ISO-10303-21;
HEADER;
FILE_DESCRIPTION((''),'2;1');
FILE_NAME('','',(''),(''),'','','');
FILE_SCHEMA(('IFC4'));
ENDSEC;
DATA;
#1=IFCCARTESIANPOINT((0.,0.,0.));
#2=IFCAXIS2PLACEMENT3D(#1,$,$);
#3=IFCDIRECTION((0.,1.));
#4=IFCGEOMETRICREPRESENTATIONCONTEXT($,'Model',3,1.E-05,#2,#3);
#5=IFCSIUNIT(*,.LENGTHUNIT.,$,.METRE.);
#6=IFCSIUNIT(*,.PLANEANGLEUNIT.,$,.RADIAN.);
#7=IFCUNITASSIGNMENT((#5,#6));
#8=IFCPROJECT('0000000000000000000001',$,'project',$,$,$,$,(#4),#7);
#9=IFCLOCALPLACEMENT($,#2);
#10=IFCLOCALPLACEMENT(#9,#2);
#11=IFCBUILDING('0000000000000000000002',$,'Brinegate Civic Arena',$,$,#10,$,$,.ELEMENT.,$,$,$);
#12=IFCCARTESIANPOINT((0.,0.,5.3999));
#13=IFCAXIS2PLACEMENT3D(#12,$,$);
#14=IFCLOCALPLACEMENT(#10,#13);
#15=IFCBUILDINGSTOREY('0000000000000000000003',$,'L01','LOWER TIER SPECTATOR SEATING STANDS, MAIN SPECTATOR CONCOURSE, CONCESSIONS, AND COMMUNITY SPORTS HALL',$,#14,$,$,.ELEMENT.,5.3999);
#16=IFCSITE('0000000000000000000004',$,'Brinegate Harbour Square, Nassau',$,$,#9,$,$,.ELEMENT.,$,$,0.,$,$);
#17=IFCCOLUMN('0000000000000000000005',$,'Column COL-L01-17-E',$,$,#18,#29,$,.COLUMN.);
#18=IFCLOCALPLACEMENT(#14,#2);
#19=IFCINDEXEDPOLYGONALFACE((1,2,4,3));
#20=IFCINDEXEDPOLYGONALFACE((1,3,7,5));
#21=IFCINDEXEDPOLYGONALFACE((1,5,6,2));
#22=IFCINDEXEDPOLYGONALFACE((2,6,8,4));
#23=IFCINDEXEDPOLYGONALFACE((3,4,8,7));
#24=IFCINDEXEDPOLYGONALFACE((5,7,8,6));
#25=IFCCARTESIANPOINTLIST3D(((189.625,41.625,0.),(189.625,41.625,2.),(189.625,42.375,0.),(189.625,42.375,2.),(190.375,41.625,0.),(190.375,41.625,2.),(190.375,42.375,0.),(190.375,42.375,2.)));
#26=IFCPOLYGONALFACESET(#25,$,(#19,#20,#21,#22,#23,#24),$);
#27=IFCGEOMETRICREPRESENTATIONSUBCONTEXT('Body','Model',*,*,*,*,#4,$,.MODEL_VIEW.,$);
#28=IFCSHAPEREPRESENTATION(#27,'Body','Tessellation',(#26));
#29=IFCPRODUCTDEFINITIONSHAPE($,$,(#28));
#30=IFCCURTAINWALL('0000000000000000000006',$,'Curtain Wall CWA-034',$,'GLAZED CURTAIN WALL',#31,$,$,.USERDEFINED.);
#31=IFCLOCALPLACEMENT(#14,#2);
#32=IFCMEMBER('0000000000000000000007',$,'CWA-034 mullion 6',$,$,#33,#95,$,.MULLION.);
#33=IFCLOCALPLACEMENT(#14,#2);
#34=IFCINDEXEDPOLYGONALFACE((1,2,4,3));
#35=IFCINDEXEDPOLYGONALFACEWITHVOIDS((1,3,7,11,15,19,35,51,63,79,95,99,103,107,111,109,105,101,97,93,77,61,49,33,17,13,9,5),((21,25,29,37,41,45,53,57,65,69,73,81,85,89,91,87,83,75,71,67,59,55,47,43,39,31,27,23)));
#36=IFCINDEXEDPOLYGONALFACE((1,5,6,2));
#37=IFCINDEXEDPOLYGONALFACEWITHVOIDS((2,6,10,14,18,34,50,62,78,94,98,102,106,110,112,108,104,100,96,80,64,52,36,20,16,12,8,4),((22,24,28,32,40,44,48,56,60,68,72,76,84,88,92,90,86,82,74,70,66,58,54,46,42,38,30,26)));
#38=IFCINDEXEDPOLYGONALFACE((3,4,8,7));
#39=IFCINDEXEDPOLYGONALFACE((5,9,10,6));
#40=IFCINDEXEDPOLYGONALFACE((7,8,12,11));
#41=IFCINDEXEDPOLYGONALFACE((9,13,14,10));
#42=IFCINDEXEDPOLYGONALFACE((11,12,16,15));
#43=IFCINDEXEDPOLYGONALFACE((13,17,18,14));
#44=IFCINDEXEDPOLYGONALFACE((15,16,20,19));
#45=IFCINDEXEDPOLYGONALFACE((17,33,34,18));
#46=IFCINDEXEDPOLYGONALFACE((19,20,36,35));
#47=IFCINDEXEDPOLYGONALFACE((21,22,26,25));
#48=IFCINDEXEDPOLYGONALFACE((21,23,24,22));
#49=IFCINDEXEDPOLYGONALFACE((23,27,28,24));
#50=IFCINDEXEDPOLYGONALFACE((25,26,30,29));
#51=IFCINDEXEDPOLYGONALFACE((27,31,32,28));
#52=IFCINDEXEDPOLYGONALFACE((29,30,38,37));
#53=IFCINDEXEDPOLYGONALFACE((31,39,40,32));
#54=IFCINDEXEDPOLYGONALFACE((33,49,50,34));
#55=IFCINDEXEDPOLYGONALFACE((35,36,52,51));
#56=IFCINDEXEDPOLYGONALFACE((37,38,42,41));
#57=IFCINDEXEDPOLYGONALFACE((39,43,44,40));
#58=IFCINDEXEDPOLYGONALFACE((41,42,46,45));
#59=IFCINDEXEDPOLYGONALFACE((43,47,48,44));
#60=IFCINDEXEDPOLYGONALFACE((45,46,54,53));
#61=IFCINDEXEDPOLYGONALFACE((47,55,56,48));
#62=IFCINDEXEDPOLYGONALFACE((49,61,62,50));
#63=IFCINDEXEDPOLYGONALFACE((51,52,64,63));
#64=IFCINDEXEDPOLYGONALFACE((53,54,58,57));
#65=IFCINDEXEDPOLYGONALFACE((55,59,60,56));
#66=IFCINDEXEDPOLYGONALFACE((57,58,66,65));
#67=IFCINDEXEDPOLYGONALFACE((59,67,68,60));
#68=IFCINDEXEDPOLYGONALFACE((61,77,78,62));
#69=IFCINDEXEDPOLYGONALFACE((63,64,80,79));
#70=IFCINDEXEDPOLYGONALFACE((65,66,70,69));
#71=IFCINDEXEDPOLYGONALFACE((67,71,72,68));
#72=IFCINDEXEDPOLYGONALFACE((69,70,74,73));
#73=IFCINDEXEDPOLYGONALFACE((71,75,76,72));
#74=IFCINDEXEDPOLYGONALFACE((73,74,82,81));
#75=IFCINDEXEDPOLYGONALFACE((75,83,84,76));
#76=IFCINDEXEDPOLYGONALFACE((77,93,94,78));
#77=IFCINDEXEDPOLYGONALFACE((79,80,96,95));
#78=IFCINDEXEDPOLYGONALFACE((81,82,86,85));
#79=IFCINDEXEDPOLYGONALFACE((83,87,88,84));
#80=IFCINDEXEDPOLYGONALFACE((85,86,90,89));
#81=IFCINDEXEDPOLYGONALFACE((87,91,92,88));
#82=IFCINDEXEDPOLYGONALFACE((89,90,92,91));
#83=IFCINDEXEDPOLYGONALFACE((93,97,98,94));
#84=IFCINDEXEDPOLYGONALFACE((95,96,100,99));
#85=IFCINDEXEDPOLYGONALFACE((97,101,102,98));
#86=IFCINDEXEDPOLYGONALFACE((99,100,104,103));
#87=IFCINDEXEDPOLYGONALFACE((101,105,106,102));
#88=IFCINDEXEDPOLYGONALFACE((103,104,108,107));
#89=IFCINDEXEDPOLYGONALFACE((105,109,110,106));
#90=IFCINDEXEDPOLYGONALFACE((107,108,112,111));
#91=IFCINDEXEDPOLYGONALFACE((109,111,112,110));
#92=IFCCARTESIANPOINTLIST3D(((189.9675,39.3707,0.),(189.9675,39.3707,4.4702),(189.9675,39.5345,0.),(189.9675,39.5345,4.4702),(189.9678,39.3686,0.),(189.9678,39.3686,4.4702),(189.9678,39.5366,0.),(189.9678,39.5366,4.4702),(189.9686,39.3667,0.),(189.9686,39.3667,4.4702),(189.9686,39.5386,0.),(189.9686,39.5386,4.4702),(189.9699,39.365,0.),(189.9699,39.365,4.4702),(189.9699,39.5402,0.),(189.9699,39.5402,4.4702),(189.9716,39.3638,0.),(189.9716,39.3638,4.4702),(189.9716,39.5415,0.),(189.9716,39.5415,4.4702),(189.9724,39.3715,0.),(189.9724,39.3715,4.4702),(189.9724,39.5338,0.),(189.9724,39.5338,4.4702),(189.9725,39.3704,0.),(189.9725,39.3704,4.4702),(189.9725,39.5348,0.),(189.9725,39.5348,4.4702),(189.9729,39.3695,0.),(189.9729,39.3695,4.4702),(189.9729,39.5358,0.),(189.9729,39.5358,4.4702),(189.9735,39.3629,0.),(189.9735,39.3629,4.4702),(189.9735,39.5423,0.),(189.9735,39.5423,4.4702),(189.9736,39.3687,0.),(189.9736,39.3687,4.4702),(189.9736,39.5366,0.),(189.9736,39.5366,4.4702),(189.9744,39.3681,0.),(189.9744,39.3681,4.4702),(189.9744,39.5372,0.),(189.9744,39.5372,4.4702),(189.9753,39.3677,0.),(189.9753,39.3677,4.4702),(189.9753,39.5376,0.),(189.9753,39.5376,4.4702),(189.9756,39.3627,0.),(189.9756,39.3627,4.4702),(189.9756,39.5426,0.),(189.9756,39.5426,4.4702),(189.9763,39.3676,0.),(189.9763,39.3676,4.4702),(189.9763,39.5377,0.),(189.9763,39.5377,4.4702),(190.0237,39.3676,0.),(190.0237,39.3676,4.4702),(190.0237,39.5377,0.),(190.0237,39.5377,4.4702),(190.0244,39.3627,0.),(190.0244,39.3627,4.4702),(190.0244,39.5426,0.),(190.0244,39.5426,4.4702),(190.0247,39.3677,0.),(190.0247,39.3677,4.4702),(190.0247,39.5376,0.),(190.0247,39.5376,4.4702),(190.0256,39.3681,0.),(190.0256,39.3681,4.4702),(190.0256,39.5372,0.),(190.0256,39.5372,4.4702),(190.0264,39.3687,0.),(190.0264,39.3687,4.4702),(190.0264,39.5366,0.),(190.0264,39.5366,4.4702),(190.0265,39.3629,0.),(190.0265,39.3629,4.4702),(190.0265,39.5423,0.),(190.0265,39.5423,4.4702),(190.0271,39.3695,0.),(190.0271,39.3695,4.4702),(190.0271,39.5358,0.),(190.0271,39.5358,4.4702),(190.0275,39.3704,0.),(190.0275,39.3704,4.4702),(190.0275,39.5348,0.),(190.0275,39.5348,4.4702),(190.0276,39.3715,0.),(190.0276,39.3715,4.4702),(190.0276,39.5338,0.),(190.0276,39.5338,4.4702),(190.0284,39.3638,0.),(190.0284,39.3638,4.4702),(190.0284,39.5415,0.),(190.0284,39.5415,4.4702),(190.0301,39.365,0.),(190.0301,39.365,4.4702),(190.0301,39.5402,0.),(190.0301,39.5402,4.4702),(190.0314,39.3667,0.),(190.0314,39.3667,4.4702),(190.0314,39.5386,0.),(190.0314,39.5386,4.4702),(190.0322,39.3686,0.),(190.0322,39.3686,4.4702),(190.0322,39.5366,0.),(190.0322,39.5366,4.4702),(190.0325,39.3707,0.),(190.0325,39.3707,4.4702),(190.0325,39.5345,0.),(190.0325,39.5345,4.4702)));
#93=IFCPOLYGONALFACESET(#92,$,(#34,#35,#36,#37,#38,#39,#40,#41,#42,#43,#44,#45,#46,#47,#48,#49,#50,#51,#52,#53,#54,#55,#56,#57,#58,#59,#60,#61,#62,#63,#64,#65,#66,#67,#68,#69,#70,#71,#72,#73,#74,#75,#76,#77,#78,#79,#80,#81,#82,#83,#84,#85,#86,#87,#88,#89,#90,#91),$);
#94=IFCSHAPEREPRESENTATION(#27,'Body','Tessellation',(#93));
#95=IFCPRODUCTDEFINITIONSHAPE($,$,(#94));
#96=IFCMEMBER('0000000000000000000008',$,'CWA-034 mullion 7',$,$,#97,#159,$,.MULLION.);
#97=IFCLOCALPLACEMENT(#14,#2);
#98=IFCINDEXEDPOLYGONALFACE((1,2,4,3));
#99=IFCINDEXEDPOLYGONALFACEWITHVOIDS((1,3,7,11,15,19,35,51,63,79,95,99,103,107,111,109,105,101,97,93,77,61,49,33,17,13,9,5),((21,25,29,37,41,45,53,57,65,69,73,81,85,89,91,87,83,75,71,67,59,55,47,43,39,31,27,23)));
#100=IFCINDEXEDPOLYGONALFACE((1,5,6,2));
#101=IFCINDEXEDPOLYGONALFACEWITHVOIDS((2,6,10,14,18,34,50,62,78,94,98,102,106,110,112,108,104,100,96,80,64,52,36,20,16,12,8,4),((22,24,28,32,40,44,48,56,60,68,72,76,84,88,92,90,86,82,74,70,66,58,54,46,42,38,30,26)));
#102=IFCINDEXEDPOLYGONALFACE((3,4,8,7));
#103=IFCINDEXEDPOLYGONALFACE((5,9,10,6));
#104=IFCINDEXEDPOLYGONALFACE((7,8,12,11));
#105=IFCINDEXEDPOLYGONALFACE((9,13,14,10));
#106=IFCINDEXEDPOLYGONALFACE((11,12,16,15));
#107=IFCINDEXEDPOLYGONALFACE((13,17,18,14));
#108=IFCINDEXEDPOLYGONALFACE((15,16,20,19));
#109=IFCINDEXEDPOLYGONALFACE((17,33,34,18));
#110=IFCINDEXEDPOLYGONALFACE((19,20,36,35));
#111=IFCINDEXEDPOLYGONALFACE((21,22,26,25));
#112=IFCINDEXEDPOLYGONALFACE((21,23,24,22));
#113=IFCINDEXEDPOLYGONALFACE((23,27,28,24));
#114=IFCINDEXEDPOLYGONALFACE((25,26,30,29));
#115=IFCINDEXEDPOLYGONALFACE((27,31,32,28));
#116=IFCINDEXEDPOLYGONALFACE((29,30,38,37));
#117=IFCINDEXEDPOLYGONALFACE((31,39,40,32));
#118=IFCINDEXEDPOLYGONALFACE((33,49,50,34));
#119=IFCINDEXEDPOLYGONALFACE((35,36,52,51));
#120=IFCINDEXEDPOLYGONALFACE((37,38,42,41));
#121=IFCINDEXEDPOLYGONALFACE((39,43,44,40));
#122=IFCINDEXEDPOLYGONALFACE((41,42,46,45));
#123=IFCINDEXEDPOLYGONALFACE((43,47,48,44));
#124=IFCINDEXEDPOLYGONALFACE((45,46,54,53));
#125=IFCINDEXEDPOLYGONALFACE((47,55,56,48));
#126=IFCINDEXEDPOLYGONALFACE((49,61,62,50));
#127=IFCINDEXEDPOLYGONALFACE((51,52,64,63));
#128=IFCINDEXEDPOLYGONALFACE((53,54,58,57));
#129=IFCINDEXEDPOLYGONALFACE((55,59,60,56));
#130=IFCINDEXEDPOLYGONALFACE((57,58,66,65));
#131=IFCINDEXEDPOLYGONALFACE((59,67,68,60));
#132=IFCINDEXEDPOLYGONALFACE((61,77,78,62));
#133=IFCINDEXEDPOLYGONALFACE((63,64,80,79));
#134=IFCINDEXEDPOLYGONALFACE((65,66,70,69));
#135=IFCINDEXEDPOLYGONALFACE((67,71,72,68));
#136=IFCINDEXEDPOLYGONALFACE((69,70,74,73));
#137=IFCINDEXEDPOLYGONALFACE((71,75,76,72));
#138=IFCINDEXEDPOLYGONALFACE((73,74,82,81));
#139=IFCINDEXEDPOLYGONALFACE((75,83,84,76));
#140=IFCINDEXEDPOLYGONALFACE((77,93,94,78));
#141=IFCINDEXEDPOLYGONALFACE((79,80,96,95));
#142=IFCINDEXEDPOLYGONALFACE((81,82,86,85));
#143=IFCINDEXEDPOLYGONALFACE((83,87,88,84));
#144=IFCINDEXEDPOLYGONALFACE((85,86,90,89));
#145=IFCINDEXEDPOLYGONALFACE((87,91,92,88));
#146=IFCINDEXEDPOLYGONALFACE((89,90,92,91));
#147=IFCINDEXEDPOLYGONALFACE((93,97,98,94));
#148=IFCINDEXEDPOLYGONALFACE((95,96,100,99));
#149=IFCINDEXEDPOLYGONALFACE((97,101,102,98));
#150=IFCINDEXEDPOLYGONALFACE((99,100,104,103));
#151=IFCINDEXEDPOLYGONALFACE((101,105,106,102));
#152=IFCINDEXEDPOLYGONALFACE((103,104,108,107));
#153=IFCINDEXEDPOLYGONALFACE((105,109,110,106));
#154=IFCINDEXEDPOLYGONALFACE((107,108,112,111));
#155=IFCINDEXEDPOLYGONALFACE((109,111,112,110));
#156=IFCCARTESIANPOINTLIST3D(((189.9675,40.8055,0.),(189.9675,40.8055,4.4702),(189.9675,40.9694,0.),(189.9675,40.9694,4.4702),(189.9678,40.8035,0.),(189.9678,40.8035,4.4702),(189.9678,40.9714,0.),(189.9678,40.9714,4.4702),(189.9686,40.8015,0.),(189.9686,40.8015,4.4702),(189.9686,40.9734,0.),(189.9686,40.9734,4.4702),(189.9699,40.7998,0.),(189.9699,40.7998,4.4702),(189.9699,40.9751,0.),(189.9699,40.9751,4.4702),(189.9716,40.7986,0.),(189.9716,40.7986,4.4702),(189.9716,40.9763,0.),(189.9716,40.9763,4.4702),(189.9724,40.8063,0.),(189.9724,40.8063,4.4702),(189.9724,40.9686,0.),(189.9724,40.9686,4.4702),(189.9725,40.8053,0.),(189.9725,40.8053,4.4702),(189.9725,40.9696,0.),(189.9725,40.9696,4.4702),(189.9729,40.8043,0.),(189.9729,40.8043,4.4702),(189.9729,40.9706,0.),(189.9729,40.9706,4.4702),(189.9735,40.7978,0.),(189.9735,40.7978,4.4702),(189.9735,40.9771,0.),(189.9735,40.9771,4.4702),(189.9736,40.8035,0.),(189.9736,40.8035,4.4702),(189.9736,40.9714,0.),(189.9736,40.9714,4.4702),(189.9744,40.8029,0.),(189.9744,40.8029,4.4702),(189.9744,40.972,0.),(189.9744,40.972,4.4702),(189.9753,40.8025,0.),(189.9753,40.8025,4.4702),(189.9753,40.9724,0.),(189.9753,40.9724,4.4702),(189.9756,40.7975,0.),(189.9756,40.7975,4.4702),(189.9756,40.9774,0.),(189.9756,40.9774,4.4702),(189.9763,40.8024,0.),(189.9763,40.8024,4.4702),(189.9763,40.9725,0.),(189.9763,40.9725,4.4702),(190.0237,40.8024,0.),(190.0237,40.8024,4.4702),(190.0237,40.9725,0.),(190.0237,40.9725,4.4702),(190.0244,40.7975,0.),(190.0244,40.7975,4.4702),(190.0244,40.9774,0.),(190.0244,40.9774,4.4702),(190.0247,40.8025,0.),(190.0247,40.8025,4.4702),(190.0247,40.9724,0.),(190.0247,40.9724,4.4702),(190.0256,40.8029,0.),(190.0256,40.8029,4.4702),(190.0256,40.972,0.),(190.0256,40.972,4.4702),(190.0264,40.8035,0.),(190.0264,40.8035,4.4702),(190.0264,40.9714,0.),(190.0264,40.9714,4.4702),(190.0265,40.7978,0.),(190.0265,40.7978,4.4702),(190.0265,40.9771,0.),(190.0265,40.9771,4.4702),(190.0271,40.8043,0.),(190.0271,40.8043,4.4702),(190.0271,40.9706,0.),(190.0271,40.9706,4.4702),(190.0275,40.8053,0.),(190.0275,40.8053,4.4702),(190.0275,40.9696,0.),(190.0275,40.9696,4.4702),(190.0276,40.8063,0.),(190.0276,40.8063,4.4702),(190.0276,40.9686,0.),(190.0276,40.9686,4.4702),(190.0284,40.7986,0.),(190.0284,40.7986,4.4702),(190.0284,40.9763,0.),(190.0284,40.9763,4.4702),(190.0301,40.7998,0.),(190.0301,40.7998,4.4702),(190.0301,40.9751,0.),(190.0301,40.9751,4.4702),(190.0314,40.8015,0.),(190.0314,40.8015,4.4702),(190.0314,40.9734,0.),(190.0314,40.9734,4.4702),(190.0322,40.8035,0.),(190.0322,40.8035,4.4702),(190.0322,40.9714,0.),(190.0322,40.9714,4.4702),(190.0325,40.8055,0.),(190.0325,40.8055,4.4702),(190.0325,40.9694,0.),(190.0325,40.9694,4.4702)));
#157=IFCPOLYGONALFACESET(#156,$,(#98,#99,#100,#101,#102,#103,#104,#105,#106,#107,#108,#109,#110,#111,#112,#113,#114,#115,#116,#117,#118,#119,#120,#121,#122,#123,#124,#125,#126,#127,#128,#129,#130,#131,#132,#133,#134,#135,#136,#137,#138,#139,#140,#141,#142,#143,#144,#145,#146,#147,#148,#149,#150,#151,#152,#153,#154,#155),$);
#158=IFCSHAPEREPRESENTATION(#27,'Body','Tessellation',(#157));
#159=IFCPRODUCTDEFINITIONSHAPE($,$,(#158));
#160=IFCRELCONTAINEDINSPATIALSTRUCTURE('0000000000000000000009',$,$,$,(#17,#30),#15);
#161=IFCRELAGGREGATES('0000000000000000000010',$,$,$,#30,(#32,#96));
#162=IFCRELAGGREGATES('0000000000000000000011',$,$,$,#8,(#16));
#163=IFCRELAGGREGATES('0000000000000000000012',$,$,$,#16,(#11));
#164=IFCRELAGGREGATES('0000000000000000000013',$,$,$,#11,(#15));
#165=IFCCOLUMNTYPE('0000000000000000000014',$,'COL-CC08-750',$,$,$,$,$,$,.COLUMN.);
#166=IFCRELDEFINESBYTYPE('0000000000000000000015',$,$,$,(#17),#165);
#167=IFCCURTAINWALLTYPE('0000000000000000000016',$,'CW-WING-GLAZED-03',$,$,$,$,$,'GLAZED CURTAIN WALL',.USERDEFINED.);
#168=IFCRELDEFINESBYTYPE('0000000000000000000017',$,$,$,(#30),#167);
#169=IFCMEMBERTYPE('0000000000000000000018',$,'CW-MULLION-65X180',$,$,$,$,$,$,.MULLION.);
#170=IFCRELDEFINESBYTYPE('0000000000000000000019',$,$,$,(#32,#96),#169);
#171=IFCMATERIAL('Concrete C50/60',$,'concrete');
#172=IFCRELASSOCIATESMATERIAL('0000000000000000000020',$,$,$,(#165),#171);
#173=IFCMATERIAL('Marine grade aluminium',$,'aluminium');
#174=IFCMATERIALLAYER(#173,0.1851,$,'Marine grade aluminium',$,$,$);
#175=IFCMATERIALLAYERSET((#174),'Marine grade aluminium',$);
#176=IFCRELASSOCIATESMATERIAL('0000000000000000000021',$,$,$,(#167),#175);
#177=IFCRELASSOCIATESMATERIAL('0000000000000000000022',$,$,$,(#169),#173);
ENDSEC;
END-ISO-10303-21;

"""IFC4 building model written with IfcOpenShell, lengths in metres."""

from ifc_helpers import new_model, si_unit, direction, frame, origin, origin_2d, place, context, subcontext, project, spatial, rectangle, hollow_rectangle, extrude, material, layer, layer_set, material_profile, profile_set, type_object, element, aggregate, save


model = new_model("IFC4")

# Units and contexts
model_context = context("Model", 3, precision=1e-05, world=origin(), true_north=direction((0.0, 1.0)))
body_context = subcontext(model_context, "Body", "Model", "MODEL_VIEW")
ifc_project = project(units=[si_unit("LENGTHUNIT", "METRE"), si_unit("PLANEANGLEUNIT", "RADIAN")], contexts=[model_context])

# Site, building, storey
site_placement = place(None, origin())
site = spatial("IfcSite", under=ifc_project, at=site_placement, Name="Brinegate Harbour Square, Nassau", CompositionType="ELEMENT", RefElevation=0.0)
building_placement = place(site_placement, origin())
building = spatial("IfcBuilding", under=site, at=building_placement, Name="Brinegate Civic Arena", CompositionType="ELEMENT")
storey_placement = place(building_placement, frame((0.0, 0.0, 5.3999)))
storey = spatial("IfcBuildingStorey", under=building, at=storey_placement, Name="L01", Description="LOWER TIER SPECTATOR SEATING STANDS, MAIN SPECTATOR CONCOURSE, CONCESSIONS, AND COMMUNITY SPORTS HALL", CompositionType="ELEMENT", Elevation=5.3999)

# Column
ifc_material_1 = material(Name="Concrete C50/60", Category="concrete")
ifc_material_profile_1 = material_profile(ifc_material_1, rectangle(XDim=0.75, YDim=0.75, at=origin_2d()), Name="RC750X750")
ifc_profile_set_1 = profile_set([ifc_material_profile_1], Name="Concrete C50/60")
column_type = type_object("IfcColumnType", Name="COL-CC08-750", PredefinedType="COLUMN", material=ifc_profile_set_1)
column_placement = place(storey_placement, frame((190.0, 42.0, 0.0), z_axis=(0.0, 0.0, 1.0), x_axis=(1.0, 0.0, 0.0)))
element("IfcColumn", 1, at=column_placement, inside=storey, type_object=column_type, Name="Column COL-L01-17-E", PredefinedType="COLUMN", context=body_context, shape_type="SweptSolid", body=[
    extrude(rectangle(XDim=0.75, YDim=0.75, at=origin_2d()), origin(), (0.0, 0.0, 1.0), 2.0),
])

# Curtain wall, members
ifc_material_2 = material(Name="Marine grade aluminium", Category="aluminium")
ifc_layer_1 = layer(ifc_material_2, 0.1851, Name="Marine grade aluminium")
ifc_layer_set_1 = layer_set([ifc_layer_1], Name="Marine grade aluminium")
curtain_wall_type = type_object("IfcCurtainWallType", Name="CW-WING-GLAZED-03", ElementType="GLAZED CURTAIN WALL", PredefinedType="USERDEFINED", material=ifc_layer_set_1)
curtain_wall_1_placement = place(storey_placement, origin())
curtain_wall_1 = element("IfcCurtainWall", 2, at=curtain_wall_1_placement, inside=storey, type_object=curtain_wall_type, Name="Curtain Wall CWA-034", ObjectType="GLAZED CURTAIN WALL", PredefinedType="USERDEFINED")
ifc_material_profile_2 = material_profile(ifc_material_2, hollow_rectangle(XDim=0.0649, YDim=0.1799, WallThickness=0.0049, InnerFilletRadius=0.0039, OuterFilletRadius=0.0081, at=origin_2d()), Name="MUL65X180")
ifc_profile_set_2 = profile_set([ifc_material_profile_2], Name="Marine grade aluminium")
member_type_1 = type_object("IfcMemberType", Name="CW-MULLION-65X180", PredefinedType="MULLION", material=ifc_profile_set_2)
member_1_placement = place(storey_placement, frame((190.0, 39.4526, 0.0), z_axis=(0.0, 0.0, 1.0), x_axis=(-1.0, 0.0, 0.0)))
member_1 = element("IfcMember", 3, at=member_1_placement, type_object=member_type_1, Name="CWA-034 mullion 6", PredefinedType="MULLION", context=body_context, shape_type="SweptSolid", body=[
    extrude(hollow_rectangle(XDim=0.0649, YDim=0.1799, WallThickness=0.0049, InnerFilletRadius=0.0039, OuterFilletRadius=0.0081, at=origin_2d()), origin(), (0.0, 0.0, 1.0), 4.4702),
])
member_2_placement = place(storey_placement, frame((190.0, 40.8875, 0.0), z_axis=(0.0, 0.0, 1.0), x_axis=(-1.0, 0.0, 0.0)))
member_2 = element("IfcMember", 4, at=member_2_placement, type_object=member_type_1, Name="CWA-034 mullion 7", PredefinedType="MULLION", context=body_context, shape_type="SweptSolid", body=[
    extrude(hollow_rectangle(XDim=0.0649, YDim=0.1799, WallThickness=0.0049, InnerFilletRadius=0.0039, OuterFilletRadius=0.0081, at=origin_2d()), origin(), (0.0, 0.0, 1.0), 4.4702),
])

aggregate(curtain_wall_1, [member_1, member_2])

save(model, "model.ifc")
